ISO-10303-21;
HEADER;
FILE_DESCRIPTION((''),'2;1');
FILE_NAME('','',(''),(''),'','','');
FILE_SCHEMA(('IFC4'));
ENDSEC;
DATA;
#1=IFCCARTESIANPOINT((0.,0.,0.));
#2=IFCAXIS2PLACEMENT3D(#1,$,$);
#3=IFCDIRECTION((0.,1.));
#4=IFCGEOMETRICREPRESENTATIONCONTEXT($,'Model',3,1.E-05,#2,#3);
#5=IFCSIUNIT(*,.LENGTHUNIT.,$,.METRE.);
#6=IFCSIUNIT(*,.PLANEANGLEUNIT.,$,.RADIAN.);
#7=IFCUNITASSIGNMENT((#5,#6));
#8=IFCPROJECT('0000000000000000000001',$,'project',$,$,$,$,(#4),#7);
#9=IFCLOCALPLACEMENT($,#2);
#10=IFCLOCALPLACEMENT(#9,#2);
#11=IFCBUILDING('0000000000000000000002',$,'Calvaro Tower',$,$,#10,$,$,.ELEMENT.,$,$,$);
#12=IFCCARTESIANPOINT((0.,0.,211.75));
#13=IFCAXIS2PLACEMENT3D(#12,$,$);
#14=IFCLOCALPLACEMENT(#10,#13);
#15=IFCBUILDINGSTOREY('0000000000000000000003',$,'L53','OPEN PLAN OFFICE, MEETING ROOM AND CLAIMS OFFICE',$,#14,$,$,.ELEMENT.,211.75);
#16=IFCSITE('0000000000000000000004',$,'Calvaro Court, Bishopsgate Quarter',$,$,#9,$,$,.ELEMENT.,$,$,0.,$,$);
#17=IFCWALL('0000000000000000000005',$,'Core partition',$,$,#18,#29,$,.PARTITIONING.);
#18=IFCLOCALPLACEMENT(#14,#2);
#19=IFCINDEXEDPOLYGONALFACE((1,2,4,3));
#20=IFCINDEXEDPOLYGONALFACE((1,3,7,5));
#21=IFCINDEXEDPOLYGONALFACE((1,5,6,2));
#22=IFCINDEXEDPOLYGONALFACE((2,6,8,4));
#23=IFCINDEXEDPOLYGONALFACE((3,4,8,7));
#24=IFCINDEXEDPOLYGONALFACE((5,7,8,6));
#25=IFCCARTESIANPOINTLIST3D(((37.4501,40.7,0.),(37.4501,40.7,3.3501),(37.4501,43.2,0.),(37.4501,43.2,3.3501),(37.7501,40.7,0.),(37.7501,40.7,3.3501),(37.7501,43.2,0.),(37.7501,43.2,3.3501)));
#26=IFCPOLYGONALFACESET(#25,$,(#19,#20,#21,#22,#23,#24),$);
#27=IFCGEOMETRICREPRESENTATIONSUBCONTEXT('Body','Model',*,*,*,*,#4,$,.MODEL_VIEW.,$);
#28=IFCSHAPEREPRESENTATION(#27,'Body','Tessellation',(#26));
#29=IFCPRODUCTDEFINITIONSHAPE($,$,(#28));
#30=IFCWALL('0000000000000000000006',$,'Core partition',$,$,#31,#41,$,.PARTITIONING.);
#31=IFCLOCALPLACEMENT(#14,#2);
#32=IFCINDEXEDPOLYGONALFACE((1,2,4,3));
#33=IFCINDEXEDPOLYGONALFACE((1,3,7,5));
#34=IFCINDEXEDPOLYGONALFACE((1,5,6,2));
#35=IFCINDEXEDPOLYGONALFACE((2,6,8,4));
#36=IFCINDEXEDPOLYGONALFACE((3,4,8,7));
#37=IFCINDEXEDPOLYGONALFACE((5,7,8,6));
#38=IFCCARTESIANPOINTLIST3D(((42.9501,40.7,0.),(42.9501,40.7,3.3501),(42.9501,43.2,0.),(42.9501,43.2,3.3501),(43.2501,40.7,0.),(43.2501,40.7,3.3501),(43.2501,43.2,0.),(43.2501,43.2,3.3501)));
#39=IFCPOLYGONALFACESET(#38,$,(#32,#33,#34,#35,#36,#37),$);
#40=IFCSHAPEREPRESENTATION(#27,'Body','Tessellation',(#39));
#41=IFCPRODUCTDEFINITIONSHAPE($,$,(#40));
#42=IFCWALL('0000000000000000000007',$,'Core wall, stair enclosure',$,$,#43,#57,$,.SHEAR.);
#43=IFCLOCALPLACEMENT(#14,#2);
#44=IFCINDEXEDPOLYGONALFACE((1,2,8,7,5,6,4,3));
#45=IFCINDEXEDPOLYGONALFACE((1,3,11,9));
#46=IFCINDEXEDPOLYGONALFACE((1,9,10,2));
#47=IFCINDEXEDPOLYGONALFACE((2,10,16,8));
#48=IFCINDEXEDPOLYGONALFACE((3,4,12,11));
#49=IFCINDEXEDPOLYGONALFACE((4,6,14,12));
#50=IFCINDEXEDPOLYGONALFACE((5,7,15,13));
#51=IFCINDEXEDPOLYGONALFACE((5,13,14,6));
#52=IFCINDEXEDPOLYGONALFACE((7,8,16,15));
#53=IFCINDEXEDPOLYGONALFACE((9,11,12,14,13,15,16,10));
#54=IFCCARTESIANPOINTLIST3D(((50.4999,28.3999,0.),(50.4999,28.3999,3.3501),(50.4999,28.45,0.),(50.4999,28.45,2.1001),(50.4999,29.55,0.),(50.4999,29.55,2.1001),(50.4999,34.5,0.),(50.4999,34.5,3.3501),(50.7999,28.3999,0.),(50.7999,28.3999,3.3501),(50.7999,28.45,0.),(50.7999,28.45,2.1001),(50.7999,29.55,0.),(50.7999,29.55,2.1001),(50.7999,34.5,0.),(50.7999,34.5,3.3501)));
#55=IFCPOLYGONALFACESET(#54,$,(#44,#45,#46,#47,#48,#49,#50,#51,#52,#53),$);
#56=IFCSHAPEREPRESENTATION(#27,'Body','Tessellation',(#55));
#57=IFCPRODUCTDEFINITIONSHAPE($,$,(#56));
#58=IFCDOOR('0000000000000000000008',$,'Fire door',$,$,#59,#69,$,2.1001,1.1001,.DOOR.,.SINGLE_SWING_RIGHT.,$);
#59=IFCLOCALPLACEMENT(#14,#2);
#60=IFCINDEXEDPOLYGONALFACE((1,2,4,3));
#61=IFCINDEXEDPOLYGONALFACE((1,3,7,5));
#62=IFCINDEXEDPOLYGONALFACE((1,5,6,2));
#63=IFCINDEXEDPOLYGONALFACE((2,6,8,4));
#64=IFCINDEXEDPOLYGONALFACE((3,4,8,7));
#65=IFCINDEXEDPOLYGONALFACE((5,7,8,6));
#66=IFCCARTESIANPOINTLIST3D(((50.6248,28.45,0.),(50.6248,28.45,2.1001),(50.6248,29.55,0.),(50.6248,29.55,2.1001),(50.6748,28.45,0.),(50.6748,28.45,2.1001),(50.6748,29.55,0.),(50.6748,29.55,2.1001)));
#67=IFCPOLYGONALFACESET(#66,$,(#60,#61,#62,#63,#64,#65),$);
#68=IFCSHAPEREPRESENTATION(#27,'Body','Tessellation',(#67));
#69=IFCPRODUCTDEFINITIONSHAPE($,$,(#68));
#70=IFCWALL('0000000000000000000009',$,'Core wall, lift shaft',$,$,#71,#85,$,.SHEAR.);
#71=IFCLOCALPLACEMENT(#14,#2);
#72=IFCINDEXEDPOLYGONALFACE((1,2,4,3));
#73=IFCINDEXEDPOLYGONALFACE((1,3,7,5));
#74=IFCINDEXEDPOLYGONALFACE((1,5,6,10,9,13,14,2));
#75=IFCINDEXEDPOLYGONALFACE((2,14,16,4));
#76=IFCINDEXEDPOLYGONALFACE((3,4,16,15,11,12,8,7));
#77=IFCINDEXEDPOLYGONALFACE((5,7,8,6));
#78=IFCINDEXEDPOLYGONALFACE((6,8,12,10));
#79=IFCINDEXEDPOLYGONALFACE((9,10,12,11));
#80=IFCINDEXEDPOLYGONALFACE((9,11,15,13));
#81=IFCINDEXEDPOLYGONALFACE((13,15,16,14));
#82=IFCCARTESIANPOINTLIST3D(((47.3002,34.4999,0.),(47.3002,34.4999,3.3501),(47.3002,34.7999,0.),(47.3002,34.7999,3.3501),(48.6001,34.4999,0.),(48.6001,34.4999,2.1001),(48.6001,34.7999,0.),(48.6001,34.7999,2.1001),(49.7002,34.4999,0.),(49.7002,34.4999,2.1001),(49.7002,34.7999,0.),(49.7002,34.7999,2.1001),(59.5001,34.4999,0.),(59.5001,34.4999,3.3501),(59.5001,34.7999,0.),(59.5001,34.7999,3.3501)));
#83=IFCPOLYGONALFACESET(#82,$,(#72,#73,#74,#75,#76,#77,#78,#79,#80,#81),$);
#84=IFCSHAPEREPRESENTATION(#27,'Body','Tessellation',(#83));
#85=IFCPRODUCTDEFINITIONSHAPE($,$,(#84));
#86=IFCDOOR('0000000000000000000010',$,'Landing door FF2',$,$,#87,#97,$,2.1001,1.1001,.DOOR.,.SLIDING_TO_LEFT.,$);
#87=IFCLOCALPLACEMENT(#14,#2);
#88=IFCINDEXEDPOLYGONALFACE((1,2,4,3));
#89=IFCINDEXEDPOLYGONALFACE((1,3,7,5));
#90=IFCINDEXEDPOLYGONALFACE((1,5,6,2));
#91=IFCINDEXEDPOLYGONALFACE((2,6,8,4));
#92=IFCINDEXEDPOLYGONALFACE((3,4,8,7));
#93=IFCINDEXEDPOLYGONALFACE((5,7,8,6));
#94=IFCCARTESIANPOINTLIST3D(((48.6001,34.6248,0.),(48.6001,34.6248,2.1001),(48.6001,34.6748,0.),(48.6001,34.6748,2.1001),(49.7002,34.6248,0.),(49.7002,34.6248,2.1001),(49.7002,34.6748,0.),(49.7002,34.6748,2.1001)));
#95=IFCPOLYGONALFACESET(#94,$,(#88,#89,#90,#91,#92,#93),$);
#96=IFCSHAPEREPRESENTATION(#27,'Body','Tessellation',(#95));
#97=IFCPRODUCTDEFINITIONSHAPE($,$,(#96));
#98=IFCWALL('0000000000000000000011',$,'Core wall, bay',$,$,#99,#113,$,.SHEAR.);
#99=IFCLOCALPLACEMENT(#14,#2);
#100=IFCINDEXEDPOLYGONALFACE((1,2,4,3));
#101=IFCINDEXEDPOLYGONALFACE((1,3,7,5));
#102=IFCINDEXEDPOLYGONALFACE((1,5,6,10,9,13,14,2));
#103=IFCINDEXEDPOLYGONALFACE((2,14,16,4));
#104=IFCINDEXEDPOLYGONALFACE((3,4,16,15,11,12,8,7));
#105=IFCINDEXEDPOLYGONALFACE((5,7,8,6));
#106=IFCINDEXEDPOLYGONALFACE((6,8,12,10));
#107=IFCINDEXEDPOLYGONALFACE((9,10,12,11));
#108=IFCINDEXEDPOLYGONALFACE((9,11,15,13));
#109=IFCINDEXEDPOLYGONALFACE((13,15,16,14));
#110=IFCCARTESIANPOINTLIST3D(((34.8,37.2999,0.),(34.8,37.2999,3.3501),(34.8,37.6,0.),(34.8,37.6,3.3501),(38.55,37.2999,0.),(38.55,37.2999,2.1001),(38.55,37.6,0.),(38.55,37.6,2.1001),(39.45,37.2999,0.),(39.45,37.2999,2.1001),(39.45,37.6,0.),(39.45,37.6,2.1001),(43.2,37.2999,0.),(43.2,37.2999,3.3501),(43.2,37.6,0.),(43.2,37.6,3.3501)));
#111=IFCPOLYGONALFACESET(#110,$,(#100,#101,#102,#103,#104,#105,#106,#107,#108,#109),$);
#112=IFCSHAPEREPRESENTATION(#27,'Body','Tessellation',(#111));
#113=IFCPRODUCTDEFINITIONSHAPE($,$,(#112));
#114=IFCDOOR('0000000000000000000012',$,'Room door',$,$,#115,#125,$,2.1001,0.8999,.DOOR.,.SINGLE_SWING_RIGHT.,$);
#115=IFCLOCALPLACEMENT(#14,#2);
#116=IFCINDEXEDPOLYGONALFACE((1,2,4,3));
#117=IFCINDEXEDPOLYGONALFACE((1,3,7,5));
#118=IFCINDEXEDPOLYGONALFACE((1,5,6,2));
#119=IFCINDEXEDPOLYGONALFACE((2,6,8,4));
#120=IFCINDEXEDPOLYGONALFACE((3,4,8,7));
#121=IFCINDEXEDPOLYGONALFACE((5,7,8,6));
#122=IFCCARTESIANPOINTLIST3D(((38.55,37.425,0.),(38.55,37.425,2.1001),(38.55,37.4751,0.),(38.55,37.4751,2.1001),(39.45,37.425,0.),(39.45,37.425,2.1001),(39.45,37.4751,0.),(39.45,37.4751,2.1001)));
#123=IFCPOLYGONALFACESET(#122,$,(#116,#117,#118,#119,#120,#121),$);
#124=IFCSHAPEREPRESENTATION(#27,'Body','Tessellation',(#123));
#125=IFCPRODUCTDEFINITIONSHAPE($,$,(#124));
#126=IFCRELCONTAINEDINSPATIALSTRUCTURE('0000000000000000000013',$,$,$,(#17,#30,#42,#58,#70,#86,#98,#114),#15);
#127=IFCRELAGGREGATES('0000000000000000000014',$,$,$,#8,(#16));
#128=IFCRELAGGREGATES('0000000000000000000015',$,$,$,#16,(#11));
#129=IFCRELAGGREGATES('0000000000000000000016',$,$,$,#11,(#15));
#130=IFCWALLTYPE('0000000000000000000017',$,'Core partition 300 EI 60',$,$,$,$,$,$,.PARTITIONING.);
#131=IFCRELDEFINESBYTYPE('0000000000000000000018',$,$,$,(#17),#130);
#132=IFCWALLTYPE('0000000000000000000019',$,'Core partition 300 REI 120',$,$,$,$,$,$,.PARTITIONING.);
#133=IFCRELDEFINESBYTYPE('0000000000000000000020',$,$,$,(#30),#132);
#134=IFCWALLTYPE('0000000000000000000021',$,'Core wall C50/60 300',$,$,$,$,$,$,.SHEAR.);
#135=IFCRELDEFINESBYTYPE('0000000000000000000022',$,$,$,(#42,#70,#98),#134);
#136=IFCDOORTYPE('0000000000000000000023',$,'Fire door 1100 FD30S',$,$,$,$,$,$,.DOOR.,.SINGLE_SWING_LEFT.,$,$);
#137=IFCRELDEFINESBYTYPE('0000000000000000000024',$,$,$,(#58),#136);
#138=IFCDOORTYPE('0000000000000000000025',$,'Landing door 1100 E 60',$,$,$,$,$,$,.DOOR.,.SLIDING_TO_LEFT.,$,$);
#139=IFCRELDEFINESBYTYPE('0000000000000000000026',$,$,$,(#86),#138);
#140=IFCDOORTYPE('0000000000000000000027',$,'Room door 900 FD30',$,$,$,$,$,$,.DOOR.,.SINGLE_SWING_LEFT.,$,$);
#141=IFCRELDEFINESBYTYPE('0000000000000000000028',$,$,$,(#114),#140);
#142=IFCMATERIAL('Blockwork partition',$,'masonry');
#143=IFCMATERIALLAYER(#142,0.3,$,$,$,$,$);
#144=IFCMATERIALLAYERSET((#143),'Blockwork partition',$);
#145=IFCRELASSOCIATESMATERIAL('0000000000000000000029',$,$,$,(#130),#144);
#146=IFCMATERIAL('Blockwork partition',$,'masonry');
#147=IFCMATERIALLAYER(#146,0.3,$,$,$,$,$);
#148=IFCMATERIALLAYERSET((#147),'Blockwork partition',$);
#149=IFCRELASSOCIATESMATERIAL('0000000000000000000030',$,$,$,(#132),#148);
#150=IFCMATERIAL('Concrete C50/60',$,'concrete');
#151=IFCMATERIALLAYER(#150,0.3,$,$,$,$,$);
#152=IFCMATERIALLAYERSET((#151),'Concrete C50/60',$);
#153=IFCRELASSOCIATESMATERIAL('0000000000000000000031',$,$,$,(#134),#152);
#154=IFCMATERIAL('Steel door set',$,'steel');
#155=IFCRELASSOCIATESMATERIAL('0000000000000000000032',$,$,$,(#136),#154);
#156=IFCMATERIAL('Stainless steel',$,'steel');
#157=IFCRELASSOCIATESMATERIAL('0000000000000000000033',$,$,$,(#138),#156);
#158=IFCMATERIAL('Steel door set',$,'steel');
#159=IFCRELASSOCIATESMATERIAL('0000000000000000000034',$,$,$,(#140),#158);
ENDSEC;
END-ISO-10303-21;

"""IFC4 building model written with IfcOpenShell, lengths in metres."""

from ifc_helpers import new_model, si_unit, direction, frame, frame_2d, origin, place, context, subcontext, project, spatial, rectangle, extrude, material, layer, layer_set, type_object, element, fill, save


model = new_model("IFC4")

# Units and contexts
model_context = context("Model", 3, precision=1e-05, world=origin(), true_north=direction((0.0, 1.0)))
body_context = subcontext(model_context, "Body", "Model", "MODEL_VIEW")
ifc_project = project(units=[si_unit("LENGTHUNIT", "METRE"), si_unit("PLANEANGLEUNIT", "RADIAN")], contexts=[model_context])

# Site, building, storey
site_placement = place(None, origin())
site = spatial("IfcSite", under=ifc_project, at=site_placement, Name="Calvaro Court, Bishopsgate Quarter", CompositionType="ELEMENT", RefElevation=0.0)
building_placement = place(site_placement, origin())
building = spatial("IfcBuilding", under=site, at=building_placement, Name="Calvaro Tower", CompositionType="ELEMENT")
storey_placement = place(building_placement, frame((0.0, 0.0, 211.75)))
storey = spatial("IfcBuildingStorey", under=building, at=storey_placement, Name="L53", Description="OPEN PLAN OFFICE, MEETING ROOM AND CLAIMS OFFICE", CompositionType="ELEMENT", Elevation=211.75)

# Walls
ifc_material_1 = material(Name="Blockwork partition", Category="masonry")
ifc_layer_1 = layer(ifc_material_1, 0.3)
ifc_layer_set_1 = layer_set([ifc_layer_1], Name="Blockwork partition")
wall_type_1 = type_object("IfcWallType", Name="Core partition 300 EI 60", PredefinedType="PARTITIONING", material=ifc_layer_set_1)
wall_1_placement = place(storey_placement, frame((37.6001, 40.7, 0.0), z_axis=(0.0, 0.0, 1.0), x_axis=(0.0, 1.0, 0.0)))
element("IfcWall", 1, at=wall_1_placement, inside=storey, type_object=wall_type_1, Name="Core partition", PredefinedType="PARTITIONING", context=body_context, shape_type="SweptSolid", body=[
    extrude(rectangle(XDim=2.5, YDim=0.3, at=frame_2d((1.25, 0.0))), origin(), (0.0, 0.0, 1.0), 3.3501),
])
ifc_material_2 = material(Name="Blockwork partition", Category="masonry")
ifc_layer_2 = layer(ifc_material_2, 0.3)
ifc_layer_set_2 = layer_set([ifc_layer_2], Name="Blockwork partition")
wall_type_2 = type_object("IfcWallType", Name="Core partition 300 REI 120", PredefinedType="PARTITIONING", material=ifc_layer_set_2)
wall_2_placement = place(storey_placement, frame((43.1001, 40.7, 0.0), z_axis=(0.0, 0.0, 1.0), x_axis=(0.0, 1.0, 0.0)))
element("IfcWall", 2, at=wall_2_placement, inside=storey, type_object=wall_type_2, Name="Core partition", PredefinedType="PARTITIONING", context=body_context, shape_type="SweptSolid", body=[
    extrude(rectangle(XDim=2.5, YDim=0.3, at=frame_2d((1.25, 0.0))), origin(), (0.0, 0.0, 1.0), 3.3501),
])

# Walls, openings, doors
ifc_material_3 = material(Name="Concrete C50/60", Category="concrete")
ifc_layer_3 = layer(ifc_material_3, 0.3)
ifc_layer_set_3 = layer_set([ifc_layer_3], Name="Concrete C50/60")
wall_type_3 = type_object("IfcWallType", Name="Core wall C50/60 300", PredefinedType="SHEAR", material=ifc_layer_set_3)
wall_3_placement = place(storey_placement, frame((50.6499, 34.5, 0.0), z_axis=(0.0, 0.0, 1.0), x_axis=(0.0, -1.0, 0.0)))
wall_3 = element("IfcWall", 3, at=wall_3_placement, inside=storey, type_object=wall_type_3, Name="Core wall, stair enclosure", PredefinedType="SHEAR", context=body_context, shape_type="SweptSolid", body=[
    extrude(rectangle(XDim=6.1001, YDim=0.3, at=frame_2d((3.05, 0.0))), origin(), (0.0, 0.0, 1.0), 3.3501),
])
opening_1_placement = place(wall_3_placement, frame((4.95, 0.0, 0.0)))
opening_1 = element("IfcOpeningElement", 4, at=opening_1_placement, cuts=wall_3, PredefinedType="OPENING", context=body_context, shape_type="SweptSolid", body=[
    extrude(rectangle(XDim=1.1001, YDim=2.1001, at=frame_2d((0.55, 1.05))), frame((0.0, 0.1599, 0.0), z_axis=(0.0, -1.0, 0.0), x_axis=(1.0, 0.0, 0.0)), (0.0, 0.0, 1.0), 0.3201),
])
ifc_material_4 = material(Name="Steel door set", Category="steel")
door_type_1 = type_object("IfcDoorType", Name="Fire door 1100 FD30S", OperationType="SINGLE_SWING_LEFT", PredefinedType="DOOR", material=ifc_material_4)
door_1_placement = place(opening_1_placement, origin())
door_1 = element("IfcDoor", 5, at=door_1_placement, inside=storey, type_object=door_type_1, Name="Fire door", OperationType="SINGLE_SWING_RIGHT", OverallHeight=2.1001, OverallWidth=1.1001, PredefinedType="DOOR", context=body_context, shape_type="SweptSolid", body=[
    extrude(rectangle(XDim=1.1001, YDim=2.1001, at=frame_2d((0.55, 1.05))), frame((0.0, 0.0249, 0.0), z_axis=(0.0, -1.0, 0.0), x_axis=(1.0, 0.0, 0.0)), (0.0, 0.0, 1.0), 0.05),
])
fill(opening_1, door_1)
wall_4_placement = place(storey_placement, frame((47.3, 34.6499, 0.0), z_axis=(0.0, 0.0, 1.0), x_axis=(1.0, 0.0, 0.0)))
wall_4 = element("IfcWall", 6, at=wall_4_placement, inside=storey, type_object=wall_type_3, Name="Core wall, lift shaft", PredefinedType="SHEAR", context=body_context, shape_type="SweptSolid", body=[
    extrude(rectangle(XDim=12.2, YDim=0.3, at=frame_2d((6.1001, 0.0))), origin(), (0.0, 0.0, 1.0), 3.3501),
])
opening_2_placement = place(wall_4_placement, frame((1.3, 0.0, 0.0)))
opening_2 = element("IfcOpeningElement", 7, at=opening_2_placement, cuts=wall_4, PredefinedType="OPENING", context=body_context, shape_type="SweptSolid", body=[
    extrude(rectangle(XDim=1.1001, YDim=2.1001, at=frame_2d((0.55, 1.05))), frame((0.0, 0.1599, 0.0), z_axis=(0.0, -1.0, 0.0), x_axis=(1.0, 0.0, 0.0)), (0.0, 0.0, 1.0), 0.3201),
])
ifc_material_5 = material(Name="Stainless steel", Category="steel")
door_type_2 = type_object("IfcDoorType", Name="Landing door 1100 E 60", OperationType="SLIDING_TO_LEFT", PredefinedType="DOOR", material=ifc_material_5)
door_2_placement = place(opening_2_placement, origin())
door_2 = element("IfcDoor", 8, at=door_2_placement, inside=storey, type_object=door_type_2, Name="Landing door FF2", OperationType="SLIDING_TO_LEFT", OverallHeight=2.1001, OverallWidth=1.1001, PredefinedType="DOOR", context=body_context, shape_type="SweptSolid", body=[
    extrude(rectangle(XDim=1.1001, YDim=2.1001, at=frame_2d((0.55, 1.05))), frame((0.0, 0.0249, 0.0), z_axis=(0.0, -1.0, 0.0), x_axis=(1.0, 0.0, 0.0)), (0.0, 0.0, 1.0), 0.05),
])
fill(opening_2, door_2)
wall_5_placement = place(storey_placement, frame((43.2, 37.45, 0.0), z_axis=(0.0, 0.0, 1.0), x_axis=(-1.0, 0.0, 0.0)))
wall_5 = element("IfcWall", 9, at=wall_5_placement, inside=storey, type_object=wall_type_3, Name="Core wall, bay", PredefinedType="SHEAR", context=body_context, shape_type="SweptSolid", body=[
    extrude(rectangle(XDim=8.3999, YDim=0.3, at=frame_2d((4.2, 0.0))), origin(), (0.0, 0.0, 1.0), 3.3501),
])
opening_3_placement = place(wall_5_placement, frame((3.75, 0.0, 0.0)))
opening_3 = element("IfcOpeningElement", 10, at=opening_3_placement, cuts=wall_5, PredefinedType="OPENING", context=body_context, shape_type="SweptSolid", body=[
    extrude(rectangle(XDim=0.8999, YDim=2.1001, at=frame_2d((0.45, 1.05))), frame((0.0, 0.1599, 0.0), z_axis=(0.0, -1.0, 0.0), x_axis=(1.0, 0.0, 0.0)), (0.0, 0.0, 1.0), 0.3201),
])
ifc_material_6 = material(Name="Steel door set", Category="steel")
door_type_3 = type_object("IfcDoorType", Name="Room door 900 FD30", OperationType="SINGLE_SWING_LEFT", PredefinedType="DOOR", material=ifc_material_6)
door_3_placement = place(opening_3_placement, origin())
door_3 = element("IfcDoor", 11, at=door_3_placement, inside=storey, type_object=door_type_3, Name="Room door", OperationType="SINGLE_SWING_RIGHT", OverallHeight=2.1001, OverallWidth=0.8999, PredefinedType="DOOR", context=body_context, shape_type="SweptSolid", body=[
    extrude(rectangle(XDim=0.8999, YDim=2.1001, at=frame_2d((0.45, 1.05))), frame((0.0, 0.0249, 0.0), z_axis=(0.0, -1.0, 0.0), x_axis=(1.0, 0.0, 0.0)), (0.0, 0.0, 1.0), 0.05),
])
fill(opening_3, door_3)

save(model, "model.ifc")
